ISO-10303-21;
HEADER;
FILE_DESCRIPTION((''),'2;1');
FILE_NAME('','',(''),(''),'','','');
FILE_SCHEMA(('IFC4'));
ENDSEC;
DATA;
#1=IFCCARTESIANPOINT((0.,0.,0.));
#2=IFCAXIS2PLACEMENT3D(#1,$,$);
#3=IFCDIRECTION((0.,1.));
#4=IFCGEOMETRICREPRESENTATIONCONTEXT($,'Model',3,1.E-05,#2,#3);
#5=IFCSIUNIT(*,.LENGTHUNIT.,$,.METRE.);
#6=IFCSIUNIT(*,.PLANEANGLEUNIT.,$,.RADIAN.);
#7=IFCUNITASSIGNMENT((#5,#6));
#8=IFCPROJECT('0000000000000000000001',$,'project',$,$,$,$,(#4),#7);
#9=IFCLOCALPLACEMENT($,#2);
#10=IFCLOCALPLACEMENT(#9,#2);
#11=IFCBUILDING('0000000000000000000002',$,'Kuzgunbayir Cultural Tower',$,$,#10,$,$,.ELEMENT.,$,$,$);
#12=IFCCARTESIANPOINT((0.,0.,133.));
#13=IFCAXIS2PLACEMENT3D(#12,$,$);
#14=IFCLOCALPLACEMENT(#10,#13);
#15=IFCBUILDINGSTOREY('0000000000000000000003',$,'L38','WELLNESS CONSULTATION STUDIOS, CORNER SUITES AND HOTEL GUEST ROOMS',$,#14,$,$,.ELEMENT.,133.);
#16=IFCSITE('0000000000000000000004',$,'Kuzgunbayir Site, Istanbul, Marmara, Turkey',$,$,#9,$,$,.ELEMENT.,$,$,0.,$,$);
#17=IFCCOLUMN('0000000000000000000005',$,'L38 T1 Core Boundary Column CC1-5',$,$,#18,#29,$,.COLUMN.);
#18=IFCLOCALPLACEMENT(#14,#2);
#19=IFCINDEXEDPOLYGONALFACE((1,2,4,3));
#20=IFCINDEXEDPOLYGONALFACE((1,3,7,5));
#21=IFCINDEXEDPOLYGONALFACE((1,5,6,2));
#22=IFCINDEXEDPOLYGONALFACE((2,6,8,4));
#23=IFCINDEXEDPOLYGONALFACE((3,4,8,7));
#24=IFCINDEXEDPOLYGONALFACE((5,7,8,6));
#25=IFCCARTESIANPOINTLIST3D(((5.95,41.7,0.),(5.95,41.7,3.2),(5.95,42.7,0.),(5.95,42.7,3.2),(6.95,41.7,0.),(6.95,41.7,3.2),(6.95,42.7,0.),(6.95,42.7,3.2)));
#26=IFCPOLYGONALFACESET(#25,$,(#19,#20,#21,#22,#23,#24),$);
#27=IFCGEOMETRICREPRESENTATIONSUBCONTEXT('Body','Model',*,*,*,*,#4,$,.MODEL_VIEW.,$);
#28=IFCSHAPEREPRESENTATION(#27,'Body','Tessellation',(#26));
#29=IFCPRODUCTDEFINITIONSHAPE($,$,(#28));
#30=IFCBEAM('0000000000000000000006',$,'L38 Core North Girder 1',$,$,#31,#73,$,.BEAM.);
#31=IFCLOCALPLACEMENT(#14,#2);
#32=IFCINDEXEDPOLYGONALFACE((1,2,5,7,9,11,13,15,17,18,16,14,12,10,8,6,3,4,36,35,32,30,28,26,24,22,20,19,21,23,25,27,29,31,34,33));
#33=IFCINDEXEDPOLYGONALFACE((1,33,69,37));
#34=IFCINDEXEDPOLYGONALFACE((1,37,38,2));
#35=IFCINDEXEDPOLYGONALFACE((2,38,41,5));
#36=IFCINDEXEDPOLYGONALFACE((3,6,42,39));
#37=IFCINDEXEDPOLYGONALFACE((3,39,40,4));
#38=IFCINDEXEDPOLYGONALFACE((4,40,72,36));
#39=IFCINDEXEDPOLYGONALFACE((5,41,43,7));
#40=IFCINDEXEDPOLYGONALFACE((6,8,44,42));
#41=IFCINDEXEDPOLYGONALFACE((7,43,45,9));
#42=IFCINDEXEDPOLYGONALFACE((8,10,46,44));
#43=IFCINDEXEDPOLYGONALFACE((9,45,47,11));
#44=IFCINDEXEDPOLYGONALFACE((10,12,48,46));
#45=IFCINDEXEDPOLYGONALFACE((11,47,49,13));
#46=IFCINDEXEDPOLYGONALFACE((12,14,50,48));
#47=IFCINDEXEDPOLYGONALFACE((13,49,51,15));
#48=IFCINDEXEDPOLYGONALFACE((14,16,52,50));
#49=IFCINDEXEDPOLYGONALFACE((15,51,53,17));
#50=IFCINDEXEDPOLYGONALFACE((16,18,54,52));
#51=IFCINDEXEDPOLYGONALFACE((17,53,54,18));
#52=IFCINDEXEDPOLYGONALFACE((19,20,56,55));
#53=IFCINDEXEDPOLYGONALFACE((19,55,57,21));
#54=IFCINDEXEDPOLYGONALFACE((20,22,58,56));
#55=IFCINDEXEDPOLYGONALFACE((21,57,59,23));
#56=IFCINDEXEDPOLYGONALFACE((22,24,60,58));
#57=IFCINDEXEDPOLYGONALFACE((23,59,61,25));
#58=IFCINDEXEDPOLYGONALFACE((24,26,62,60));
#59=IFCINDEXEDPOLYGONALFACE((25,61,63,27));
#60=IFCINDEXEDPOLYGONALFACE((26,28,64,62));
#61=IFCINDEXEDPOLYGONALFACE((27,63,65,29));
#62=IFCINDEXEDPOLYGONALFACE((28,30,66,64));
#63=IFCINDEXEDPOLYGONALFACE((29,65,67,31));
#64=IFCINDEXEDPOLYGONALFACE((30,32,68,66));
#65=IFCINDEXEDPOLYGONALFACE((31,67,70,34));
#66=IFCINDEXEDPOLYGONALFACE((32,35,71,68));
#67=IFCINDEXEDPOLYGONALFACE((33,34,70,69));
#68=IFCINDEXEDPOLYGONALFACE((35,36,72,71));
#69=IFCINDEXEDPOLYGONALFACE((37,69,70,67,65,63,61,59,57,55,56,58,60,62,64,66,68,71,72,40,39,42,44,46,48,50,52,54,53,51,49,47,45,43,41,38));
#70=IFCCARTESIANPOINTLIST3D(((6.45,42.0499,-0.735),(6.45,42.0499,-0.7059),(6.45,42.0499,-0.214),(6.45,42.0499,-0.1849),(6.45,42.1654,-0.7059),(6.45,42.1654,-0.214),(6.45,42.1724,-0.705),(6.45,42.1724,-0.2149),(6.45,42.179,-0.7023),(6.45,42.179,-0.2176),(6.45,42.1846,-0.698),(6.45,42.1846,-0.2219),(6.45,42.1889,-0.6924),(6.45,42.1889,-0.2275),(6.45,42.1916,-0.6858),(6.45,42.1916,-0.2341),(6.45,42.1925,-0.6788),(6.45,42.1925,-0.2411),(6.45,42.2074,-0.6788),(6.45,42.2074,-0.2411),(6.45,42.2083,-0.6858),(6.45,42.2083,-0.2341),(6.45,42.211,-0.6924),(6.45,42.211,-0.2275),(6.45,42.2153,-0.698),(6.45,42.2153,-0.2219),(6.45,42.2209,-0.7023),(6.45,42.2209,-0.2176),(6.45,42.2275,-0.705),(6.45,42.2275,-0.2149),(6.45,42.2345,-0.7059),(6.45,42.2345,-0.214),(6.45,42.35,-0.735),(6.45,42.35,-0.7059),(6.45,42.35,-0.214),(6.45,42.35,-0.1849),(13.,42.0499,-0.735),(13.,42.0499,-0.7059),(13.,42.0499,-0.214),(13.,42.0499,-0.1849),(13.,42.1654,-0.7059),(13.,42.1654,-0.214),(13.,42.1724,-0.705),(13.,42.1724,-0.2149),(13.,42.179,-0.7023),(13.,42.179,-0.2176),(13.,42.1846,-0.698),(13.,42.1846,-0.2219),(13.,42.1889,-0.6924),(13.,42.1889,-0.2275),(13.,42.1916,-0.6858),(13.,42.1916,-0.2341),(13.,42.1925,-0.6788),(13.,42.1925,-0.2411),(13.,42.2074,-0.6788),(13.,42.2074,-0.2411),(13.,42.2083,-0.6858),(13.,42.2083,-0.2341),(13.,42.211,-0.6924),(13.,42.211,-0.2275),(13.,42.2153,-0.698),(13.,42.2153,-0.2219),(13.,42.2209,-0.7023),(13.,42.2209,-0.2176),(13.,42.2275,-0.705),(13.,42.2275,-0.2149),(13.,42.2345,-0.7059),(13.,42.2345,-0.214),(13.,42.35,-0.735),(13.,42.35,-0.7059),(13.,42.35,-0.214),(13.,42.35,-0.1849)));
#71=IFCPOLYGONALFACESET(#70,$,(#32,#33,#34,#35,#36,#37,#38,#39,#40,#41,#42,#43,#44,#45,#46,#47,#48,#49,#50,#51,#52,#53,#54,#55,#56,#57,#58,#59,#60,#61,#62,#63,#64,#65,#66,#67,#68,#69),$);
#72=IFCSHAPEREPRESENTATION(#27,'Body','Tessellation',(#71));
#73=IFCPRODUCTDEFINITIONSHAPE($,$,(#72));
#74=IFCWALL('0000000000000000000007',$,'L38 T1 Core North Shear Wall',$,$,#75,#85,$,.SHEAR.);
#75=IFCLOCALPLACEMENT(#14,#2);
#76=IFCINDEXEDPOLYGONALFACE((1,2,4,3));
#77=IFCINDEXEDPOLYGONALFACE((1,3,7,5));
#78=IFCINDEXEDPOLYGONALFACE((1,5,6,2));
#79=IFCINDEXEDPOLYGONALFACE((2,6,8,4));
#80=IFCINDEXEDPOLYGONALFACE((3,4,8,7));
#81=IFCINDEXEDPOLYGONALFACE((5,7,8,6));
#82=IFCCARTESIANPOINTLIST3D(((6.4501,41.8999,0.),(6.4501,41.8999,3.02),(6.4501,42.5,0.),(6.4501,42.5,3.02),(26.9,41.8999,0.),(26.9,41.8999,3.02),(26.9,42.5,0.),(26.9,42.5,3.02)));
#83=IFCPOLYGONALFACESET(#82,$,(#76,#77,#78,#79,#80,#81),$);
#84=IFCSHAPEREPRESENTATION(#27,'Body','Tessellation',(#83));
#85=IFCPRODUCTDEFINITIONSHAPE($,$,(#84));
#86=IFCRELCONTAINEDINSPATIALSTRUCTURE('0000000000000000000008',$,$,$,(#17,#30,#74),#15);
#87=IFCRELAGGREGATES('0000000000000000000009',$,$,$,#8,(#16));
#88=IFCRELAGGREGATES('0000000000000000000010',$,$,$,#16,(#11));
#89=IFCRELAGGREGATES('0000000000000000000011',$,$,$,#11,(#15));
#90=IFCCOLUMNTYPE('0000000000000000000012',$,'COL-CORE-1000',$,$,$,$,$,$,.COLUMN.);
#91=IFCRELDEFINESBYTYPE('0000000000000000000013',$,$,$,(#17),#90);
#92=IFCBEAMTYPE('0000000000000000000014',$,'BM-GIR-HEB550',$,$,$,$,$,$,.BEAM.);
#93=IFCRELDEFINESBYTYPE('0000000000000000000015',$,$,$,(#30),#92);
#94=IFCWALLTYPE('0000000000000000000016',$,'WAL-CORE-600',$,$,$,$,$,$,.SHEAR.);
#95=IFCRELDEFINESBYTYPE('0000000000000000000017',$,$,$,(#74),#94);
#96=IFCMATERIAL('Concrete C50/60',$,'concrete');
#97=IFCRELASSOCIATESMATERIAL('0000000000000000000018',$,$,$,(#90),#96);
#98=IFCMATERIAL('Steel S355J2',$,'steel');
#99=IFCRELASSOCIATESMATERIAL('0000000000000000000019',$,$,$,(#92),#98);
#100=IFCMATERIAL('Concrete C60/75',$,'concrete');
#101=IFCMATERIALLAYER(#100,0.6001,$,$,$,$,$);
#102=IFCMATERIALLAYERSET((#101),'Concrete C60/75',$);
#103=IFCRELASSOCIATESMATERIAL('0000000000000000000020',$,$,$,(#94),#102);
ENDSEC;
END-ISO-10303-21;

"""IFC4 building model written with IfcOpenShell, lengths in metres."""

from ifc_helpers import new_model, si_unit, direction, frame, frame_2d, origin, origin_2d, place, context, subcontext, project, spatial, rectangle, i_section, extrude, material, layer, layer_set, material_profile, profile_set, type_object, element, save


model = new_model("IFC4")

# Units and contexts
model_context = context("Model", 3, precision=1e-05, world=origin(), true_north=direction((0.0, 1.0)))
body_context = subcontext(model_context, "Body", "Model", "MODEL_VIEW")
ifc_project = project(units=[si_unit("LENGTHUNIT", "METRE"), si_unit("PLANEANGLEUNIT", "RADIAN")], contexts=[model_context])

# Site, building, storey
site_placement = place(None, origin())
site = spatial("IfcSite", under=ifc_project, at=site_placement, Name="Kuzgunbayir Site, Istanbul, Marmara, Turkey", CompositionType="ELEMENT", RefElevation=0.0)
building_placement = place(site_placement, origin())
building = spatial("IfcBuilding", under=site, at=building_placement, Name="Kuzgunbayir Cultural Tower", CompositionType="ELEMENT")
storey_placement = place(building_placement, frame((0.0, 0.0, 133.0)))
storey = spatial("IfcBuildingStorey", under=building, at=storey_placement, Name="L38", Description="WELLNESS CONSULTATION STUDIOS, CORNER SUITES AND HOTEL GUEST ROOMS", CompositionType="ELEMENT", Elevation=133.0)

# Column
ifc_material_1 = material(Name="Concrete C50/60", Category="concrete")
ifc_material_profile_1 = material_profile(ifc_material_1, rectangle(XDim=1.0, YDim=1.0, at=origin_2d()), Name="RC 1000x1000")
ifc_profile_set_1 = profile_set([ifc_material_profile_1], Name="Concrete C50/60")
column_type = type_object("IfcColumnType", Name="COL-CORE-1000", PredefinedType="COLUMN", material=ifc_profile_set_1)
column_placement = place(storey_placement, frame((6.45, 42.2, 0.0), z_axis=(0.0, 0.0, 1.0), x_axis=(1.0, 0.0, 0.0)))
element("IfcColumn", 1, at=column_placement, inside=storey, type_object=column_type, Name="L38 T1 Core Boundary Column CC1-5", PredefinedType="COLUMN", context=body_context, shape_type="SweptSolid", body=[
    extrude(rectangle(XDim=1.0, YDim=1.0, at=origin_2d()), origin(), (0.0, 0.0, 1.0), 3.2),
])

# Beam
ifc_material_2 = material(Name="Steel S355J2", Category="steel")
ifc_material_profile_2 = material_profile(ifc_material_2, i_section(OverallWidth=0.3, OverallDepth=0.55, WebThickness=0.0149, FlangeThickness=0.0291, FilletRadius=0.0271, at=origin_2d()), Name="HEB 550")
ifc_profile_set_2 = profile_set([ifc_material_profile_2], Name="Steel S355J2")
beam_type = type_object("IfcBeamType", Name="BM-GIR-HEB550", PredefinedType="BEAM", material=ifc_profile_set_2)
beam_placement = place(storey_placement, frame((6.45, 42.2, -0.46), z_axis=(1.0, 0.0, 0.0), x_axis=(0.0, 1.0, 0.0)))
element("IfcBeam", 2, at=beam_placement, inside=storey, type_object=beam_type, Name="L38 Core North Girder 1", PredefinedType="BEAM", context=body_context, shape_type="SweptSolid", body=[
    extrude(i_section(OverallWidth=0.3, OverallDepth=0.55, WebThickness=0.0149, FlangeThickness=0.0291, FilletRadius=0.0271, at=origin_2d()), origin(), (0.0, 0.0, 1.0), 6.55),
])

# Wall
ifc_material_3 = material(Name="Concrete C60/75", Category="concrete")
ifc_layer_1 = layer(ifc_material_3, 0.6001)
ifc_layer_set_1 = layer_set([ifc_layer_1], Name="Concrete C60/75")
wall_type_1 = type_object("IfcWallType", Name="WAL-CORE-600", PredefinedType="SHEAR", material=ifc_layer_set_1)
wall_1_placement = place(storey_placement, frame((6.45, 42.2, 0.0), z_axis=(0.0, 0.0, 1.0), x_axis=(1.0, 0.0, 0.0)))
element("IfcWall", 3, at=wall_1_placement, inside=storey, type_object=wall_type_1, Name="L38 T1 Core North Shear Wall", PredefinedType="SHEAR", context=body_context, shape_type="SweptSolid", body=[
    extrude(rectangle(XDim=20.45, YDim=0.6001, at=frame_2d((10.2251, 0.0))), origin(), (0.0, 0.0, 1.0), 3.02),
])

save(model, "model.ifc")
